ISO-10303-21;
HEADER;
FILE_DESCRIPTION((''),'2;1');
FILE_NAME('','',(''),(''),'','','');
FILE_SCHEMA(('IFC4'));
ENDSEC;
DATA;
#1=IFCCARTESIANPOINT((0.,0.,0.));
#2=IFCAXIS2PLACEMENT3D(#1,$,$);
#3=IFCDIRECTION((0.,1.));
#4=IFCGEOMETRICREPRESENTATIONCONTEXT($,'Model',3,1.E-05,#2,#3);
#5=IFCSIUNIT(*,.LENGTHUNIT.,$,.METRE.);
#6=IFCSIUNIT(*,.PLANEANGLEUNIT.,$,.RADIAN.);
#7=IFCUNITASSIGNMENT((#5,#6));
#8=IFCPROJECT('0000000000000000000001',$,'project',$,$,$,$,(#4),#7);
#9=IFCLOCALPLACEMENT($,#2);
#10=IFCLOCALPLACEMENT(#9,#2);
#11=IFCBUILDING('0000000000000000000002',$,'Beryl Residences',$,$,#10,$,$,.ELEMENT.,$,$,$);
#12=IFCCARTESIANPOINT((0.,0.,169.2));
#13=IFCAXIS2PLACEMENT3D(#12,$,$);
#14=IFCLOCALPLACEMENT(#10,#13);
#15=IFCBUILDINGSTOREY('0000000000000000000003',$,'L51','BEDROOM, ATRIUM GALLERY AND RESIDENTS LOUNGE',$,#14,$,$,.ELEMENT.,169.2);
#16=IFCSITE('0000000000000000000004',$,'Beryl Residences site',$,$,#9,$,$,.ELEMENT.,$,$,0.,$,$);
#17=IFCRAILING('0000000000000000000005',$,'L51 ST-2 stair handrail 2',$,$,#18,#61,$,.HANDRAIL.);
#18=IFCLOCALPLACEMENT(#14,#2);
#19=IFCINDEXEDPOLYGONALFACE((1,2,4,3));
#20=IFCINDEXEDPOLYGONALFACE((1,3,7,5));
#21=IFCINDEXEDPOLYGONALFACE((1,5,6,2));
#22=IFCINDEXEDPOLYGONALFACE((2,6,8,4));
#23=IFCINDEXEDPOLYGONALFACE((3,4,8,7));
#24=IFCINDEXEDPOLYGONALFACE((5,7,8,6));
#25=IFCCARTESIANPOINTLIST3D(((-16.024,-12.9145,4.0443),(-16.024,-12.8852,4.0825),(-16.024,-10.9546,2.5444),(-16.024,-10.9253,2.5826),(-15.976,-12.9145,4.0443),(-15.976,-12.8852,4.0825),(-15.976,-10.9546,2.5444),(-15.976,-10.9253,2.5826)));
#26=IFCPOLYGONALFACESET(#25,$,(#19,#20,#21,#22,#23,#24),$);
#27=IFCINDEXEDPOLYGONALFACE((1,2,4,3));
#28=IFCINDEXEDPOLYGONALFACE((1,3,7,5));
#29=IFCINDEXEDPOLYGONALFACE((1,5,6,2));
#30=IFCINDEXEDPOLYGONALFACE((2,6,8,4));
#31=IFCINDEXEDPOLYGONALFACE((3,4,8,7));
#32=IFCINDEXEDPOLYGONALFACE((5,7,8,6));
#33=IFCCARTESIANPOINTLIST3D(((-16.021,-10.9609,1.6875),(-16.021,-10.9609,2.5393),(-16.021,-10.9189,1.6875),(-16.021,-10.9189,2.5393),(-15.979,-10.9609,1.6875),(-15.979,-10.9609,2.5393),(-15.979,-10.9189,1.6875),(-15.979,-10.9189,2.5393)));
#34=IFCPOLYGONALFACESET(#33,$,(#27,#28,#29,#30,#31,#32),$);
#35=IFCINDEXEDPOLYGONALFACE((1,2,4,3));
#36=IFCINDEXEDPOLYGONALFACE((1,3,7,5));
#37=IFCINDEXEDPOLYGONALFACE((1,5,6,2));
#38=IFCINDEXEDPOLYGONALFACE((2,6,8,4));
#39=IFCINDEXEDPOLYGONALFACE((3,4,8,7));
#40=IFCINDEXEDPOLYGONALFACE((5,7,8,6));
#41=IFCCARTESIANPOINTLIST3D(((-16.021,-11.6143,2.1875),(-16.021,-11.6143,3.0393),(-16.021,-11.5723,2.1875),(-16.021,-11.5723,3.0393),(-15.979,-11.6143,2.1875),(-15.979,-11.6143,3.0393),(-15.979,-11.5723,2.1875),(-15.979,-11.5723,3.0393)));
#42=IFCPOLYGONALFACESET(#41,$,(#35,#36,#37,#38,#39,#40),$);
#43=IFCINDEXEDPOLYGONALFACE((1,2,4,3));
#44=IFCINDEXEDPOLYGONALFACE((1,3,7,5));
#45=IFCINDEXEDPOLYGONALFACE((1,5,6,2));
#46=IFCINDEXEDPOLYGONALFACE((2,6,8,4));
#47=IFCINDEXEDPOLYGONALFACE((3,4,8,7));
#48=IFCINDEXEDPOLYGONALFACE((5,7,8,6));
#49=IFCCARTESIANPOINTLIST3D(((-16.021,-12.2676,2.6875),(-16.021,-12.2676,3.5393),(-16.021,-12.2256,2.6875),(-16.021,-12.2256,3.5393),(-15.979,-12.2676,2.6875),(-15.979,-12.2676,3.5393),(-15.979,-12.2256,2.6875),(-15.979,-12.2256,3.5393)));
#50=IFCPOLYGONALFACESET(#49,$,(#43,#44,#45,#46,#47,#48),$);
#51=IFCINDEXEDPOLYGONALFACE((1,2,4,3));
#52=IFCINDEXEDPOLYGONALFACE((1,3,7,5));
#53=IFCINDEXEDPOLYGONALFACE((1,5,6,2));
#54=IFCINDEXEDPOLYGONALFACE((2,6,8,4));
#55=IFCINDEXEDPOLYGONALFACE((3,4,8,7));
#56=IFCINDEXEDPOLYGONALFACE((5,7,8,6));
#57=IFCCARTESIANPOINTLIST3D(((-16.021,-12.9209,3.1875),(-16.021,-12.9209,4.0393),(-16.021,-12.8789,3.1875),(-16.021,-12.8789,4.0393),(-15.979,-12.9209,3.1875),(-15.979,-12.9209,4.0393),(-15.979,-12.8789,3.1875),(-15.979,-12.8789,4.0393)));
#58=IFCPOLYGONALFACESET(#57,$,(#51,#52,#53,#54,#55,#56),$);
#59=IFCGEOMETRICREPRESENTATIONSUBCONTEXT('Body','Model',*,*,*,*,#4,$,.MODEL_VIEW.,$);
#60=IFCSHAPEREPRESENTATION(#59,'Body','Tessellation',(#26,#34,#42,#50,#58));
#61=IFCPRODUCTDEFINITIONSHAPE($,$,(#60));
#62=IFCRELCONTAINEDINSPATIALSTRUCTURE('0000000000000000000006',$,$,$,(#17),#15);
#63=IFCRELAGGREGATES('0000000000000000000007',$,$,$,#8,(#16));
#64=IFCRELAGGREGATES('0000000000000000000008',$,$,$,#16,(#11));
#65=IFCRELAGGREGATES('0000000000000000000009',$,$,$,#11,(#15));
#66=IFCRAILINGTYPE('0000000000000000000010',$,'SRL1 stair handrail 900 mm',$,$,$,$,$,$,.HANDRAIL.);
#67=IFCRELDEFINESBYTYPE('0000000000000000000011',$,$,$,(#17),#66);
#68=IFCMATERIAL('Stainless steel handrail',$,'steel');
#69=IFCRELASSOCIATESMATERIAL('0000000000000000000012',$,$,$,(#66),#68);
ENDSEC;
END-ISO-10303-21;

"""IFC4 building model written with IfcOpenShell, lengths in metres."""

from ifc_helpers import new_model, si_unit, direction, frame, origin, origin_2d, place, context, subcontext, project, spatial, rectangle, extrude, material, type_object, element, save


model = new_model("IFC4")

# Units and contexts
model_context = context("Model", 3, precision=1e-05, world=origin(), true_north=direction((0.0, 1.0)))
body_context = subcontext(model_context, "Body", "Model", "MODEL_VIEW")
ifc_project = project(units=[si_unit("LENGTHUNIT", "METRE"), si_unit("PLANEANGLEUNIT", "RADIAN")], contexts=[model_context])

# Site, building, storey
site_placement = place(None, origin())
site = spatial("IfcSite", under=ifc_project, at=site_placement, Name="Beryl Residences site", CompositionType="ELEMENT", RefElevation=0.0)
building_placement = place(site_placement, origin())
building = spatial("IfcBuilding", under=site, at=building_placement, Name="Beryl Residences", CompositionType="ELEMENT")
storey_placement = place(building_placement, frame((0.0, 0.0, 169.2)))
storey = spatial("IfcBuildingStorey", under=building, at=storey_placement, Name="L51", Description="BEDROOM, ATRIUM GALLERY AND RESIDENTS LOUNGE", CompositionType="ELEMENT", Elevation=169.2)

# Railing
ifc_material_1 = material(Name="Stainless steel handrail", Category="steel")
railing_type_1 = type_object("IfcRailingType", Name="SRL1 stair handrail 900 mm", PredefinedType="HANDRAIL", material=ifc_material_1)
railing_1_placement = place(storey_placement, frame((-16.0, -10.9399, 1.6875)))
element("IfcRailing", 1, at=railing_1_placement, inside=storey, type_object=railing_type_1, Name="L51 ST-2 stair handrail 2", PredefinedType="HANDRAIL", context=body_context, shape_type="SweptSolid", body=[
    extrude(rectangle(XDim=0.0481, YDim=0.0481, at=origin_2d()), frame((0.0, 0.0, 0.876), z_axis=(0.0, -0.794122, 0.607758), x_axis=(1.0, 0.0, 0.0)), (0.0, 0.0, 1.0), 2.468),
    extrude(rectangle(XDim=0.042, YDim=0.042, at=origin_2d()), origin(), (0.0, 0.0, 1.0), 0.8518),
    extrude(rectangle(XDim=0.042, YDim=0.042, at=origin_2d()), frame((0.0, -0.6533, 0.5)), (0.0, 0.0, 1.0), 0.8518),
    extrude(rectangle(XDim=0.042, YDim=0.042, at=origin_2d()), frame((0.0, -1.3066, 1.0)), (0.0, 0.0, 1.0), 0.8518),
    extrude(rectangle(XDim=0.042, YDim=0.042, at=origin_2d()), frame((0.0, -1.96, 1.5)), (0.0, 0.0, 1.0), 0.8518),
])

save(model, "model.ifc")
